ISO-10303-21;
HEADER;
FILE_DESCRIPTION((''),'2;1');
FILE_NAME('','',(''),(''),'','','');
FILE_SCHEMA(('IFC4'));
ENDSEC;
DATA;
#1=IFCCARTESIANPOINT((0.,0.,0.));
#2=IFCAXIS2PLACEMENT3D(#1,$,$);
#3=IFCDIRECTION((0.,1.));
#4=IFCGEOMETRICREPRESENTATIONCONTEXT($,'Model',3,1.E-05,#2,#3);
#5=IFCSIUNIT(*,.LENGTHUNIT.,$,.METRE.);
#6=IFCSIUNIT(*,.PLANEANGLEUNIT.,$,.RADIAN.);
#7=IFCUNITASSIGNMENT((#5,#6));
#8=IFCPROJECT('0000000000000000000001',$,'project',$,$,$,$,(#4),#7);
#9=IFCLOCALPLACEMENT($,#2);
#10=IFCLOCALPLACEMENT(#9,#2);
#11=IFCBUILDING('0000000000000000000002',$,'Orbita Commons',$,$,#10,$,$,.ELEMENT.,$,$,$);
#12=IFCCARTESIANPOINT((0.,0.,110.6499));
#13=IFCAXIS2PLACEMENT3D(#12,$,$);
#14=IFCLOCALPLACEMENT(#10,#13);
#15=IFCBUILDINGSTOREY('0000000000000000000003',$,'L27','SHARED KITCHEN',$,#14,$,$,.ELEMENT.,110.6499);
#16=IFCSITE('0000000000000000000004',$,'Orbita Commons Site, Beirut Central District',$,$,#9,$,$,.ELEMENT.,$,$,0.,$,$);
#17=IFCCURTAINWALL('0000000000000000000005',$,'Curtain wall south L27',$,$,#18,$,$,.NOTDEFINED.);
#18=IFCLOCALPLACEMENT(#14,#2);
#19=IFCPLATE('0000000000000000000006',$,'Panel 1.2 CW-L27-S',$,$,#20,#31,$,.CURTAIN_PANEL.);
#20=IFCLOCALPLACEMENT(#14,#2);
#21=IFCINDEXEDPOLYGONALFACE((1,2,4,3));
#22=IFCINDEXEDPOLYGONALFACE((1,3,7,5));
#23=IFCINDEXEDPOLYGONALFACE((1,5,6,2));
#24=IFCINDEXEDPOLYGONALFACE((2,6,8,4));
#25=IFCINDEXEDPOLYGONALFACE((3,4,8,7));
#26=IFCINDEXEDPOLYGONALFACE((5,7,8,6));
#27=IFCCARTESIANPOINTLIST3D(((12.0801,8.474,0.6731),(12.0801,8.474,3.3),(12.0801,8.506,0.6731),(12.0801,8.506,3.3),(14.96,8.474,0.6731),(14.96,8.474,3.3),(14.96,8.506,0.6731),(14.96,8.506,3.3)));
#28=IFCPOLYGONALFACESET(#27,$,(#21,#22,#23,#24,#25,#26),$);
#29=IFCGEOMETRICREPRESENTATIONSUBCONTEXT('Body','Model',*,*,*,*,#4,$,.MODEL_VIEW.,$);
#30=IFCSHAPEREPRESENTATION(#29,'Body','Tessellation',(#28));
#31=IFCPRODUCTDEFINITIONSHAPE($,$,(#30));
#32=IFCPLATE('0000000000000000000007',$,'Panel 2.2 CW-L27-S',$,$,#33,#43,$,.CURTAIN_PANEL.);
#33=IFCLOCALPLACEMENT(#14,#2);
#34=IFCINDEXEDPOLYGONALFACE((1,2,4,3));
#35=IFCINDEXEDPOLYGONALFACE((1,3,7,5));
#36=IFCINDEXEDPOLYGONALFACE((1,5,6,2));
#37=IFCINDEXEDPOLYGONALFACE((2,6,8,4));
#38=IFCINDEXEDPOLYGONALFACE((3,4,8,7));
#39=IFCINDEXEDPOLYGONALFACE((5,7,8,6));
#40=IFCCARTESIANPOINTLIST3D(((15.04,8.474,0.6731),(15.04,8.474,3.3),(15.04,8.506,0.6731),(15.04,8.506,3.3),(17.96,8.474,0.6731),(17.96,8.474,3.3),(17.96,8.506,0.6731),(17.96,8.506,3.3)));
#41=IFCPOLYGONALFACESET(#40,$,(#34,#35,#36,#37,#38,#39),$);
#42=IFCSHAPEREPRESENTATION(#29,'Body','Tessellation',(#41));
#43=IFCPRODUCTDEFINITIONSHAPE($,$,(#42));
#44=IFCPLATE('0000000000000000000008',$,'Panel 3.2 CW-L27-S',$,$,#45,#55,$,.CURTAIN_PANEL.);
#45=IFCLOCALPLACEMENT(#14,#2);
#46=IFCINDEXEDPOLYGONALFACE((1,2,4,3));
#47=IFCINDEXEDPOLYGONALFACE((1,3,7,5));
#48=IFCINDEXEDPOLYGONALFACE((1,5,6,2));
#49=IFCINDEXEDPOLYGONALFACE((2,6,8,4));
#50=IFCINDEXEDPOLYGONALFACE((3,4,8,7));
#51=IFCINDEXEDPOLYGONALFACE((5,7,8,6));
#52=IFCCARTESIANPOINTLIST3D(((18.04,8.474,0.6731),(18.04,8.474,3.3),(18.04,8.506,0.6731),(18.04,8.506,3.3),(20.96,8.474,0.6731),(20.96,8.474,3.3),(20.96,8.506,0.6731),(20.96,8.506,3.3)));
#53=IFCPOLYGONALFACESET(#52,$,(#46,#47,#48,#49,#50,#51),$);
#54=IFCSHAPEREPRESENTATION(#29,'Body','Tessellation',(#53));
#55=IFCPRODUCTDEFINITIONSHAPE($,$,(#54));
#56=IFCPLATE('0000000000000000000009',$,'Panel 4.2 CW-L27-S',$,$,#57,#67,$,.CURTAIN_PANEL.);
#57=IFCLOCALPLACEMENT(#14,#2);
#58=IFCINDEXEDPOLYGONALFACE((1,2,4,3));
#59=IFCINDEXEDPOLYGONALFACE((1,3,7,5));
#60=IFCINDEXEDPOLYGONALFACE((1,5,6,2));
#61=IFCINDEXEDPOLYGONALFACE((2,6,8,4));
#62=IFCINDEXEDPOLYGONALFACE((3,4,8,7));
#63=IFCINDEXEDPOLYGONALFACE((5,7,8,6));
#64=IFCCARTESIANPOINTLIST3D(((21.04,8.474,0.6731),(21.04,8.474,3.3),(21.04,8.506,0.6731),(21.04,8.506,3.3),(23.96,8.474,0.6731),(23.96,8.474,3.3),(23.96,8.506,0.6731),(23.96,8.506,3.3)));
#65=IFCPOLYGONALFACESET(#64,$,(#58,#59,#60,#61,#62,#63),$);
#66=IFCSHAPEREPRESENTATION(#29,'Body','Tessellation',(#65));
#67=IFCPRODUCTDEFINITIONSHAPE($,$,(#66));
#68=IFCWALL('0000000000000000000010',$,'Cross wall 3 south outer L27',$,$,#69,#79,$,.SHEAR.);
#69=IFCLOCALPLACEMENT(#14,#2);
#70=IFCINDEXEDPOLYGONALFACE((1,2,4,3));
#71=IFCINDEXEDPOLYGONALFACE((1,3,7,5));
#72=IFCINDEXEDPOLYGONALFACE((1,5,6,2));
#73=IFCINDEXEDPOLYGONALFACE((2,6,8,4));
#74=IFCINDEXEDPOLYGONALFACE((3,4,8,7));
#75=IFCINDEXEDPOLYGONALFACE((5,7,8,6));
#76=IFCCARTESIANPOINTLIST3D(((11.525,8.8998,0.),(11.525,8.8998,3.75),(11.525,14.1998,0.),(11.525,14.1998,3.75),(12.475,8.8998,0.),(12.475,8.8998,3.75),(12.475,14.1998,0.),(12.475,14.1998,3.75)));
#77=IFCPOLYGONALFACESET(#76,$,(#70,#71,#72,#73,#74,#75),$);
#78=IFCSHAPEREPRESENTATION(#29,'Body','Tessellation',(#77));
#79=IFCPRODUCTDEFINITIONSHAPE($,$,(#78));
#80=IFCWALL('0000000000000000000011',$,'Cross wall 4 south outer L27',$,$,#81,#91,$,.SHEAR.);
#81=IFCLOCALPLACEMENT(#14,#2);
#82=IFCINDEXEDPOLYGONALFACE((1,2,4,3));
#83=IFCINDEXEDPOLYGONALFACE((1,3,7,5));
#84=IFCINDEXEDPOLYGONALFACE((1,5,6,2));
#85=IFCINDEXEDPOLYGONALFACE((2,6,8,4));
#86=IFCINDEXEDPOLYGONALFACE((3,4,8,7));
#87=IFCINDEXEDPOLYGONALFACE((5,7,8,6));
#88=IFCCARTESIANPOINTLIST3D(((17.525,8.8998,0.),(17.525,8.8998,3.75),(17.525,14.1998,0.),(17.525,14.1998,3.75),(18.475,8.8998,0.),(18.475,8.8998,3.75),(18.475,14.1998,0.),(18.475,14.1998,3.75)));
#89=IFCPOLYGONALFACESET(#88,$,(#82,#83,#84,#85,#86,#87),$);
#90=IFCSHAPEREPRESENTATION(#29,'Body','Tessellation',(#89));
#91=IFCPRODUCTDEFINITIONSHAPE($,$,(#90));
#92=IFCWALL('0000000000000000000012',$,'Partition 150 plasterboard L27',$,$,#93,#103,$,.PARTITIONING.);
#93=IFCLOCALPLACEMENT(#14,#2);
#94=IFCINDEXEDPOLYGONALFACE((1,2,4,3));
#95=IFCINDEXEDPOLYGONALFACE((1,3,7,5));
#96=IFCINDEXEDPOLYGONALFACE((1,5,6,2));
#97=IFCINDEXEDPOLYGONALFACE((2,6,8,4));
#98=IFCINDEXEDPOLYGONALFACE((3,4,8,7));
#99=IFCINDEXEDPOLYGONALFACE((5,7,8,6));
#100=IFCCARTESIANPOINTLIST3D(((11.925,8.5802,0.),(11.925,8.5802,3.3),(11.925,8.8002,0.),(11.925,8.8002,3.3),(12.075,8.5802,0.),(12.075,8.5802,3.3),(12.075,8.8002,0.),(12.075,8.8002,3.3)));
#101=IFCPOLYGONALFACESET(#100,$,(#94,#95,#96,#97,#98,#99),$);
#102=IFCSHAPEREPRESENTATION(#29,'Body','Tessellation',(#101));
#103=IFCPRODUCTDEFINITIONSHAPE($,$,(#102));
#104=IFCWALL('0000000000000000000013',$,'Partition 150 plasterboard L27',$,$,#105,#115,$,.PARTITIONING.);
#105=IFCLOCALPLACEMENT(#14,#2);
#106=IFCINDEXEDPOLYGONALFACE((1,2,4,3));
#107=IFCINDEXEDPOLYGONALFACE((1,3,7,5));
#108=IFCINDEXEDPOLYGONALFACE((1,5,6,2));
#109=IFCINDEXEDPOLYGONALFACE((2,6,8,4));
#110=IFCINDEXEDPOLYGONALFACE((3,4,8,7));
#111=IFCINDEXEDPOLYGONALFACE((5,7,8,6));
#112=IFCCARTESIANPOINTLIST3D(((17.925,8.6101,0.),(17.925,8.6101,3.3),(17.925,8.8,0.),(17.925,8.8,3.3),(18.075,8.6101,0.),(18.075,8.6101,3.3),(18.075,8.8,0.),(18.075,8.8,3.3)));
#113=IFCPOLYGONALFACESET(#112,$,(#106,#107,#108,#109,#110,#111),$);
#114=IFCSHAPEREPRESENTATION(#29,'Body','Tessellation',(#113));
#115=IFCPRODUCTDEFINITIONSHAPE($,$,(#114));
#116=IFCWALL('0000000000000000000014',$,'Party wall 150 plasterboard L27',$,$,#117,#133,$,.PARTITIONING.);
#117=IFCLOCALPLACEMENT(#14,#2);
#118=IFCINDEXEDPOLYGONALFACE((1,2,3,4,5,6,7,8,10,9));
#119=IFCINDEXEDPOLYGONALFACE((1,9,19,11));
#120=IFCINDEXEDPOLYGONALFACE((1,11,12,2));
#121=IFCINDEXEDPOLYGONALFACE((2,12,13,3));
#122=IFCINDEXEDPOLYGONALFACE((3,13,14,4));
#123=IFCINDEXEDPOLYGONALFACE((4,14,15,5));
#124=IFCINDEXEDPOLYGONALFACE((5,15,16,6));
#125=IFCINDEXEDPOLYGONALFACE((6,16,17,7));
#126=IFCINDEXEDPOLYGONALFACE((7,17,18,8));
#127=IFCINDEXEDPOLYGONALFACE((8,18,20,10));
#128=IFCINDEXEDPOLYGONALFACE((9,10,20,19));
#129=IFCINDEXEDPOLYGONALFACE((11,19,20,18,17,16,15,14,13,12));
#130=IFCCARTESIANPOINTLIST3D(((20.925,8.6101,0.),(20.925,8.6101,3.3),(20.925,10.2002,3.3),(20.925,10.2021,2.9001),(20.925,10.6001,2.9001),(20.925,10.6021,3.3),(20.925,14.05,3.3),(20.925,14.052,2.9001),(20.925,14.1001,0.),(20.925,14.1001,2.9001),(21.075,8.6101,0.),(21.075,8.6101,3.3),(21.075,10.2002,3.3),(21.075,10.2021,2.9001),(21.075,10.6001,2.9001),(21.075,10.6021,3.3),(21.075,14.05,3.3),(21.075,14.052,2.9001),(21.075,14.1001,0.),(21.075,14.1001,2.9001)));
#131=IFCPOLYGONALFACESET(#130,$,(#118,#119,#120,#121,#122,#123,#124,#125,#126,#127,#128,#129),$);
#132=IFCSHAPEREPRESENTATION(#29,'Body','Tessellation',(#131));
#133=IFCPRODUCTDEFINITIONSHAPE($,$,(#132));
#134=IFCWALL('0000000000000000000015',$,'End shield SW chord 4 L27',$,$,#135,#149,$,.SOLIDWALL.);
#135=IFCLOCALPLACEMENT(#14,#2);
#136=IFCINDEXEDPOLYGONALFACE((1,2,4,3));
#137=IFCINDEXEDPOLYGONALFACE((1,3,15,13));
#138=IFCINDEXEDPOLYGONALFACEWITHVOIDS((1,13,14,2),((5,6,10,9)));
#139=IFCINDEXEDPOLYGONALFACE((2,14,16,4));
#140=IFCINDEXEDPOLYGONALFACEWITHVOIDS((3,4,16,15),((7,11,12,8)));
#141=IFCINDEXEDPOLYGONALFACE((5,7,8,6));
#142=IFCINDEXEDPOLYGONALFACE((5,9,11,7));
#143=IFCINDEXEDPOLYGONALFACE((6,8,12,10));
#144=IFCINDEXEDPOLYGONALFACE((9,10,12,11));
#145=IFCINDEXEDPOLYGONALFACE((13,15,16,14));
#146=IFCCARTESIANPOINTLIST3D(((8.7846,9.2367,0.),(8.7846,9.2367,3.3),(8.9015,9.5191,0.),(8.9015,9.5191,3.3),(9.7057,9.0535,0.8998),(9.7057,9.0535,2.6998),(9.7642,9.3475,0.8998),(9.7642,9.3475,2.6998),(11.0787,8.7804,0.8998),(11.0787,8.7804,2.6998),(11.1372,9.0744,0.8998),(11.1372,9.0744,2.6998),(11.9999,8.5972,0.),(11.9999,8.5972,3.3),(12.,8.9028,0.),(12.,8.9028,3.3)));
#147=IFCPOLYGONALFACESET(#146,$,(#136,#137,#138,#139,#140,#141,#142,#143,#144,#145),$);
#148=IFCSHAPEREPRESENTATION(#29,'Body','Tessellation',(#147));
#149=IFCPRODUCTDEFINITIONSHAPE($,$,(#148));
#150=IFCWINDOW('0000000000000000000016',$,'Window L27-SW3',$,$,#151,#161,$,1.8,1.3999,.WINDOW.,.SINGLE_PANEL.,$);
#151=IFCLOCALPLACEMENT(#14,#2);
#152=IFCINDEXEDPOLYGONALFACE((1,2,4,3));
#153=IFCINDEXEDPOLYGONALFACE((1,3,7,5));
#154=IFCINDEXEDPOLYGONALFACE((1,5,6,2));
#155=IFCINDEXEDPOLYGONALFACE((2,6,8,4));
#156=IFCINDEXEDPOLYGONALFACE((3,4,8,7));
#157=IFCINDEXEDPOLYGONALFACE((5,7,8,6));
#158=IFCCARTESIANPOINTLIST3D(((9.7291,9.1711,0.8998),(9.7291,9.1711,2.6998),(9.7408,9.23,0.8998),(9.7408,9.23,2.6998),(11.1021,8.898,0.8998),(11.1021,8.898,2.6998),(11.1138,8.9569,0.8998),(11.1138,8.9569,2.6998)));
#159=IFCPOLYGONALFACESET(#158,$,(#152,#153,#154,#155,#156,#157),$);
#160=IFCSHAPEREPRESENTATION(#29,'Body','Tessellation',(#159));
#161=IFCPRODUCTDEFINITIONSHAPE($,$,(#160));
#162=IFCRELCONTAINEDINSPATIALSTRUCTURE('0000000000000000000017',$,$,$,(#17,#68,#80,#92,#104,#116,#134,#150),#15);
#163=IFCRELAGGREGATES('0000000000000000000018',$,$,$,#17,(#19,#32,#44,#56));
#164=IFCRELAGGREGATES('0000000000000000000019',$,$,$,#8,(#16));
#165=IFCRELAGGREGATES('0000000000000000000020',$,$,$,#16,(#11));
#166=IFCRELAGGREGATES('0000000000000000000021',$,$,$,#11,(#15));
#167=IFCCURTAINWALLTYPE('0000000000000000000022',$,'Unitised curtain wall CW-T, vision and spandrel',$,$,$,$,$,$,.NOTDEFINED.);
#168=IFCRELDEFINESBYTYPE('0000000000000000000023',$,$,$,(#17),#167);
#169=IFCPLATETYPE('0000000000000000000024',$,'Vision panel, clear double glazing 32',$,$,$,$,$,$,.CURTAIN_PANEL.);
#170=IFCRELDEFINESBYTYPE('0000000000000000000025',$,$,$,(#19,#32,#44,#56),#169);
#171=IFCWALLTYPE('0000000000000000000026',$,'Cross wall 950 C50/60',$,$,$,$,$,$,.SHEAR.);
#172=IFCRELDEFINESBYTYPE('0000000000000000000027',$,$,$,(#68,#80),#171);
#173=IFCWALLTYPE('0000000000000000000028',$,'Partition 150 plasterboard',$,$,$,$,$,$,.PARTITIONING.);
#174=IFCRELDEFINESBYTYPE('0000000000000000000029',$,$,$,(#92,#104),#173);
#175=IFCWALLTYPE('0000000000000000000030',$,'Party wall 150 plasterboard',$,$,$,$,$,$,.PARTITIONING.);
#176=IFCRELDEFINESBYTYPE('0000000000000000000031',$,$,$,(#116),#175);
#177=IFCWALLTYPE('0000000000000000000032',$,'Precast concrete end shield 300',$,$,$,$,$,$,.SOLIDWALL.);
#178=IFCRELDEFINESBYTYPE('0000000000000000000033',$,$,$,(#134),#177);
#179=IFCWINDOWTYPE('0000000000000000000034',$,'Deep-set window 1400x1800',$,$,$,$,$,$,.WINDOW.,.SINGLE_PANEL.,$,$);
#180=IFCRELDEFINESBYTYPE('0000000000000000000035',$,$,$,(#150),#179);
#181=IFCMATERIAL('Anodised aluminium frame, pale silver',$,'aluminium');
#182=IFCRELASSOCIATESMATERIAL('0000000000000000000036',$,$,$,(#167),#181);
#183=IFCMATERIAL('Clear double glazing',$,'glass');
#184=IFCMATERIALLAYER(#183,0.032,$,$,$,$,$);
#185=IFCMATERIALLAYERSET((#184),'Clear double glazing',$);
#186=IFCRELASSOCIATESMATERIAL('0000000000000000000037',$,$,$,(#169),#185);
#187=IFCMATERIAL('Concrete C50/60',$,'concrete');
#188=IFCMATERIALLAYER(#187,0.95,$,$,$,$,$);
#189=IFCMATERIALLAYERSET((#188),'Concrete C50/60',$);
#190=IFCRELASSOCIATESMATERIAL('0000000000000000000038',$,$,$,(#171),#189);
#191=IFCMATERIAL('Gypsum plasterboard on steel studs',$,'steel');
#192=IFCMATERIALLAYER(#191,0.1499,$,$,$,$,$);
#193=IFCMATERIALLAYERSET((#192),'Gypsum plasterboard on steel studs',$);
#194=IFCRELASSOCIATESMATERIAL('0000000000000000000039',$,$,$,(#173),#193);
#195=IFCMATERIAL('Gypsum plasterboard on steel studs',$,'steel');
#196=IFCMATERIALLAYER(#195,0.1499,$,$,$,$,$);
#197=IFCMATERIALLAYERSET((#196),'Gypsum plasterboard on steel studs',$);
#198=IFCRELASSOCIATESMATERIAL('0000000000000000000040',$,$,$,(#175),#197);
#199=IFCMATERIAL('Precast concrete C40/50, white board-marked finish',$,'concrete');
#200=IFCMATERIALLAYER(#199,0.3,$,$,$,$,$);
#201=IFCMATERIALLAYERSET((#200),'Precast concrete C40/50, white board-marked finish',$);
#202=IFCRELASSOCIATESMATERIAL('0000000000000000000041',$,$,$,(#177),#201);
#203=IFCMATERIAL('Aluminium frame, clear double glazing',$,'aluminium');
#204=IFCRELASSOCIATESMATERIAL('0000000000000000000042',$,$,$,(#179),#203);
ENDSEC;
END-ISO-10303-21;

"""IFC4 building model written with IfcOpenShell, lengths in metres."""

from ifc_helpers import new_model, si_unit, direction, frame, frame_2d, origin, origin_2d, place, context, subcontext, project, spatial, polyline, rectangle, outline, extrude, material, layer, layer_set, type_object, element, fill, aggregate, save


model = new_model("IFC4")

# Units and contexts
model_context = context("Model", 3, precision=1e-05, world=origin(), true_north=direction((0.0, 1.0)))
body_context = subcontext(model_context, "Body", "Model", "MODEL_VIEW")
ifc_project = project(units=[si_unit("LENGTHUNIT", "METRE"), si_unit("PLANEANGLEUNIT", "RADIAN")], contexts=[model_context])

# Site, building, storey
site_placement = place(None, origin())
site = spatial("IfcSite", under=ifc_project, at=site_placement, Name="Orbita Commons Site, Beirut Central District", CompositionType="ELEMENT", RefElevation=0.0)
building_placement = place(site_placement, origin())
building = spatial("IfcBuilding", under=site, at=building_placement, Name="Orbita Commons", CompositionType="ELEMENT")
storey_placement = place(building_placement, frame((0.0, 0.0, 110.6499)))
storey = spatial("IfcBuildingStorey", under=building, at=storey_placement, Name="L27", Description="SHARED KITCHEN", CompositionType="ELEMENT", Elevation=110.6499)

# Curtain wall
ifc_material_1 = material(Name="Anodised aluminium frame, pale silver", Category="aluminium")
curtain_wall_type = type_object("IfcCurtainWallType", Name="Unitised curtain wall CW-T, vision and spandrel", PredefinedType="NOTDEFINED", material=ifc_material_1)
curtain_wall_placement = place(storey_placement, origin())
curtain_wall = element("IfcCurtainWall", 1, at=curtain_wall_placement, inside=storey, type_object=curtain_wall_type, Name="Curtain wall south L27", PredefinedType="NOTDEFINED")

# Plates
ifc_material_2 = material(Name="Clear double glazing", Category="glass")
ifc_layer_1 = layer(ifc_material_2, 0.032)
ifc_layer_set_1 = layer_set([ifc_layer_1], Name="Clear double glazing")
plate_type_1 = type_object("IfcPlateType", Name="Vision panel, clear double glazing 32", PredefinedType="CURTAIN_PANEL", material=ifc_layer_set_1)
plate_1_placement = place(storey_placement, frame((13.52, 8.49, 0.6731), z_axis=(0.0, 0.0, 1.0), x_axis=(1.0, 0.0, 0.0)))
plate_1 = element("IfcPlate", 2, at=plate_1_placement, type_object=plate_type_1, Name="Panel 1.2 CW-L27-S", PredefinedType="CURTAIN_PANEL", context=body_context, shape_type="SweptSolid", body=[
    extrude(rectangle(XDim=2.8799, YDim=0.032, at=origin_2d()), origin(), (0.0, 0.0, 1.0), 2.627),
])
plate_2_placement = place(storey_placement, frame((16.5, 8.49, 0.6731), z_axis=(0.0, 0.0, 1.0), x_axis=(1.0, 0.0, 0.0)))
plate_2 = element("IfcPlate", 3, at=plate_2_placement, type_object=plate_type_1, Name="Panel 2.2 CW-L27-S", PredefinedType="CURTAIN_PANEL", context=body_context, shape_type="SweptSolid", body=[
    extrude(rectangle(XDim=2.9199, YDim=0.032, at=origin_2d()), origin(), (0.0, 0.0, 1.0), 2.627),
])
plate_3_placement = place(storey_placement, frame((19.5, 8.49, 0.6731), z_axis=(0.0, 0.0, 1.0), x_axis=(1.0, 0.0, 0.0)))
plate_3 = element("IfcPlate", 4, at=plate_3_placement, type_object=plate_type_1, Name="Panel 3.2 CW-L27-S", PredefinedType="CURTAIN_PANEL", context=body_context, shape_type="SweptSolid", body=[
    extrude(rectangle(XDim=2.9199, YDim=0.032, at=origin_2d()), origin(), (0.0, 0.0, 1.0), 2.627),
])
plate_4_placement = place(storey_placement, frame((22.5, 8.49, 0.6731), z_axis=(0.0, 0.0, 1.0), x_axis=(1.0, 0.0, 0.0)))
plate_4 = element("IfcPlate", 5, at=plate_4_placement, type_object=plate_type_1, Name="Panel 4.2 CW-L27-S", PredefinedType="CURTAIN_PANEL", context=body_context, shape_type="SweptSolid", body=[
    extrude(rectangle(XDim=2.9199, YDim=0.032, at=origin_2d()), origin(), (0.0, 0.0, 1.0), 2.627),
])
aggregate(curtain_wall, [plate_1, plate_2, plate_3, plate_4])

# Walls
ifc_material_3 = material(Name="Concrete C50/60", Category="concrete")
ifc_layer_2 = layer(ifc_material_3, 0.95)
ifc_layer_set_2 = layer_set([ifc_layer_2], Name="Concrete C50/60")
wall_type_1 = type_object("IfcWallType", Name="Cross wall 950 C50/60", PredefinedType="SHEAR", material=ifc_layer_set_2)
for number, where, z_axis, x_axis, name in (
    (6, (12.0, 8.8999, 0.0), (0.0, 0.0, 1.0), (0.0, 1.0, 0.0), "Cross wall 3 south outer L27"),
    (7, (18.0, 8.8999, 0.0), (0.0, 0.0, 1.0), (0.0, 1.0, 0.0), "Cross wall 4 south outer L27"),
):
    element("IfcWall", number, at=place(storey_placement, frame(where, z_axis=z_axis, x_axis=x_axis)), inside=storey, type_object=wall_type_1, Name=name, PredefinedType="SHEAR", context=body_context, shape_type="SweptSolid", body=[
        extrude(rectangle(XDim=5.3, YDim=0.95, at=frame_2d((2.6499, 0.0))), origin(), (0.0, 0.0, 1.0), 3.75),
    ])
ifc_material_4 = material(Name="Gypsum plasterboard on steel studs", Category="steel")
ifc_layer_3 = layer(ifc_material_4, 0.1499)
ifc_layer_set_3 = layer_set([ifc_layer_3], Name="Gypsum plasterboard on steel studs")
wall_type_2 = type_object("IfcWallType", Name="Partition 150 plasterboard", PredefinedType="PARTITIONING", material=ifc_layer_set_3)
wall_1_placement = place(storey_placement, frame((12.0, 8.8, 0.0), z_axis=(0.0, 0.0, 1.0), x_axis=(0.0, -1.0, 0.0)))
element("IfcWall", 8, at=wall_1_placement, inside=storey, type_object=wall_type_2, Name="Partition 150 plasterboard L27", PredefinedType="PARTITIONING", context=body_context, shape_type="SweptSolid", body=[
    extrude(rectangle(XDim=0.22, YDim=0.1499, at=frame_2d((0.1099, 0.0))), origin(), (0.0, 0.0, 1.0), 3.3),
])
wall_2_placement = place(storey_placement, frame((18.0, 8.8, 0.0), z_axis=(0.0, 0.0, 1.0), x_axis=(0.0, -1.0, 0.0)))
element("IfcWall", 9, at=wall_2_placement, inside=storey, type_object=wall_type_2, Name="Partition 150 plasterboard L27", PredefinedType="PARTITIONING", context=body_context, shape_type="SweptSolid", body=[
    extrude(rectangle(XDim=0.1899, YDim=0.1499, at=frame_2d((0.095, 0.0))), origin(), (0.0, 0.0, 1.0), 3.3),
])
ifc_material_5 = material(Name="Gypsum plasterboard on steel studs", Category="steel")
ifc_layer_4 = layer(ifc_material_5, 0.1499)
ifc_layer_set_4 = layer_set([ifc_layer_4], Name="Gypsum plasterboard on steel studs")
wall_type_3 = type_object("IfcWallType", Name="Party wall 150 plasterboard", PredefinedType="PARTITIONING", material=ifc_layer_set_4)
wall_3_placement = place(storey_placement, frame((21.0, 8.6101, 0.0), z_axis=(0.0, 0.0, 1.0), x_axis=(0.0, 1.0, 0.0)))
element("IfcWall", 10, at=wall_3_placement, inside=storey, type_object=wall_type_3, Name="Party wall 150 plasterboard L27", PredefinedType="PARTITIONING", context=body_context, shape_type="SweptSolid", body=[
    extrude(outline(polyline([(0.0, 0.0), (5.49, 0.0), (5.49, 2.9001), (5.4419, 2.9001), (5.4399, 3.3), (1.9919, 3.3), (1.99, 2.9001), (1.592, 2.9001), (1.5901, 3.3), (0.0, 3.3), (0.0, 0.0)])), frame((0.0, 0.075, 0.0), z_axis=(0.0, -1.0, 0.0), x_axis=(1.0, 0.0, 0.0)), (0.0, 0.0, 1.0), 0.1499),
])

# Wall, opening, window
ifc_material_6 = material(Name="Precast concrete C40/50, white board-marked finish", Category="concrete")
ifc_layer_5 = layer(ifc_material_6, 0.3)
ifc_layer_set_5 = layer_set([ifc_layer_5], Name="Precast concrete C40/50, white board-marked finish")
wall_type_4 = type_object("IfcWallType", Name="Precast concrete end shield 300", PredefinedType="SOLIDWALL", material=ifc_layer_set_5)
wall_4_placement = place(storey_placement, frame((8.843, 9.3779, 0.0), z_axis=(0.0, 0.0, 1.0), x_axis=(0.980787, -0.19508, 0.0)))
wall_4 = element("IfcWall", 11, at=wall_4_placement, inside=storey, type_object=wall_type_4, Name="End shield SW chord 4 L27", PredefinedType="SOLIDWALL", context=body_context, shape_type="SweptSolid", body=[
    extrude(outline(polyline([(-0.0298, -0.1499), (3.2485, -0.1499), (3.189, 0.1499), (0.0298, 0.1499), (-0.0298, -0.1499)])), origin(), (0.0, 0.0, 1.0), 3.3),
])
opening_placement = place(wall_4_placement, frame((0.9094, 0.0, 0.8999)))
opening = element("IfcOpeningElement", 12, at=opening_placement, cuts=wall_4, PredefinedType="OPENING", context=body_context, shape_type="SweptSolid", body=[
    extrude(rectangle(XDim=1.3999, YDim=1.8, at=frame_2d((0.7, 0.8999))), frame((0.0, 0.1599, 0.0), z_axis=(0.0, -1.0, 0.0), x_axis=(1.0, 0.0, 0.0)), (0.0, 0.0, 1.0), 0.3201),
])
ifc_material_7 = material(Name="Aluminium frame, clear double glazing", Category="aluminium")
window_type = type_object("IfcWindowType", Name="Deep-set window 1400x1800", PartitioningType="SINGLE_PANEL", PredefinedType="WINDOW", material=ifc_material_7)
window_placement = place(opening_placement, origin())
window = element("IfcWindow", 13, at=window_placement, inside=storey, type_object=window_type, Name="Window L27-SW3", OverallHeight=1.8, OverallWidth=1.3999, PartitioningType="SINGLE_PANEL", PredefinedType="WINDOW", context=body_context, shape_type="SweptSolid", body=[
    extrude(rectangle(XDim=1.3999, YDim=1.8, at=frame_2d((0.7, 0.8999))), frame((0.0, 0.03, 0.0), z_axis=(0.0, -1.0, 0.0), x_axis=(1.0, 0.0, 0.0)), (0.0, 0.0, 1.0), 0.0601),
])
fill(opening, window)

save(model, "model.ifc")
